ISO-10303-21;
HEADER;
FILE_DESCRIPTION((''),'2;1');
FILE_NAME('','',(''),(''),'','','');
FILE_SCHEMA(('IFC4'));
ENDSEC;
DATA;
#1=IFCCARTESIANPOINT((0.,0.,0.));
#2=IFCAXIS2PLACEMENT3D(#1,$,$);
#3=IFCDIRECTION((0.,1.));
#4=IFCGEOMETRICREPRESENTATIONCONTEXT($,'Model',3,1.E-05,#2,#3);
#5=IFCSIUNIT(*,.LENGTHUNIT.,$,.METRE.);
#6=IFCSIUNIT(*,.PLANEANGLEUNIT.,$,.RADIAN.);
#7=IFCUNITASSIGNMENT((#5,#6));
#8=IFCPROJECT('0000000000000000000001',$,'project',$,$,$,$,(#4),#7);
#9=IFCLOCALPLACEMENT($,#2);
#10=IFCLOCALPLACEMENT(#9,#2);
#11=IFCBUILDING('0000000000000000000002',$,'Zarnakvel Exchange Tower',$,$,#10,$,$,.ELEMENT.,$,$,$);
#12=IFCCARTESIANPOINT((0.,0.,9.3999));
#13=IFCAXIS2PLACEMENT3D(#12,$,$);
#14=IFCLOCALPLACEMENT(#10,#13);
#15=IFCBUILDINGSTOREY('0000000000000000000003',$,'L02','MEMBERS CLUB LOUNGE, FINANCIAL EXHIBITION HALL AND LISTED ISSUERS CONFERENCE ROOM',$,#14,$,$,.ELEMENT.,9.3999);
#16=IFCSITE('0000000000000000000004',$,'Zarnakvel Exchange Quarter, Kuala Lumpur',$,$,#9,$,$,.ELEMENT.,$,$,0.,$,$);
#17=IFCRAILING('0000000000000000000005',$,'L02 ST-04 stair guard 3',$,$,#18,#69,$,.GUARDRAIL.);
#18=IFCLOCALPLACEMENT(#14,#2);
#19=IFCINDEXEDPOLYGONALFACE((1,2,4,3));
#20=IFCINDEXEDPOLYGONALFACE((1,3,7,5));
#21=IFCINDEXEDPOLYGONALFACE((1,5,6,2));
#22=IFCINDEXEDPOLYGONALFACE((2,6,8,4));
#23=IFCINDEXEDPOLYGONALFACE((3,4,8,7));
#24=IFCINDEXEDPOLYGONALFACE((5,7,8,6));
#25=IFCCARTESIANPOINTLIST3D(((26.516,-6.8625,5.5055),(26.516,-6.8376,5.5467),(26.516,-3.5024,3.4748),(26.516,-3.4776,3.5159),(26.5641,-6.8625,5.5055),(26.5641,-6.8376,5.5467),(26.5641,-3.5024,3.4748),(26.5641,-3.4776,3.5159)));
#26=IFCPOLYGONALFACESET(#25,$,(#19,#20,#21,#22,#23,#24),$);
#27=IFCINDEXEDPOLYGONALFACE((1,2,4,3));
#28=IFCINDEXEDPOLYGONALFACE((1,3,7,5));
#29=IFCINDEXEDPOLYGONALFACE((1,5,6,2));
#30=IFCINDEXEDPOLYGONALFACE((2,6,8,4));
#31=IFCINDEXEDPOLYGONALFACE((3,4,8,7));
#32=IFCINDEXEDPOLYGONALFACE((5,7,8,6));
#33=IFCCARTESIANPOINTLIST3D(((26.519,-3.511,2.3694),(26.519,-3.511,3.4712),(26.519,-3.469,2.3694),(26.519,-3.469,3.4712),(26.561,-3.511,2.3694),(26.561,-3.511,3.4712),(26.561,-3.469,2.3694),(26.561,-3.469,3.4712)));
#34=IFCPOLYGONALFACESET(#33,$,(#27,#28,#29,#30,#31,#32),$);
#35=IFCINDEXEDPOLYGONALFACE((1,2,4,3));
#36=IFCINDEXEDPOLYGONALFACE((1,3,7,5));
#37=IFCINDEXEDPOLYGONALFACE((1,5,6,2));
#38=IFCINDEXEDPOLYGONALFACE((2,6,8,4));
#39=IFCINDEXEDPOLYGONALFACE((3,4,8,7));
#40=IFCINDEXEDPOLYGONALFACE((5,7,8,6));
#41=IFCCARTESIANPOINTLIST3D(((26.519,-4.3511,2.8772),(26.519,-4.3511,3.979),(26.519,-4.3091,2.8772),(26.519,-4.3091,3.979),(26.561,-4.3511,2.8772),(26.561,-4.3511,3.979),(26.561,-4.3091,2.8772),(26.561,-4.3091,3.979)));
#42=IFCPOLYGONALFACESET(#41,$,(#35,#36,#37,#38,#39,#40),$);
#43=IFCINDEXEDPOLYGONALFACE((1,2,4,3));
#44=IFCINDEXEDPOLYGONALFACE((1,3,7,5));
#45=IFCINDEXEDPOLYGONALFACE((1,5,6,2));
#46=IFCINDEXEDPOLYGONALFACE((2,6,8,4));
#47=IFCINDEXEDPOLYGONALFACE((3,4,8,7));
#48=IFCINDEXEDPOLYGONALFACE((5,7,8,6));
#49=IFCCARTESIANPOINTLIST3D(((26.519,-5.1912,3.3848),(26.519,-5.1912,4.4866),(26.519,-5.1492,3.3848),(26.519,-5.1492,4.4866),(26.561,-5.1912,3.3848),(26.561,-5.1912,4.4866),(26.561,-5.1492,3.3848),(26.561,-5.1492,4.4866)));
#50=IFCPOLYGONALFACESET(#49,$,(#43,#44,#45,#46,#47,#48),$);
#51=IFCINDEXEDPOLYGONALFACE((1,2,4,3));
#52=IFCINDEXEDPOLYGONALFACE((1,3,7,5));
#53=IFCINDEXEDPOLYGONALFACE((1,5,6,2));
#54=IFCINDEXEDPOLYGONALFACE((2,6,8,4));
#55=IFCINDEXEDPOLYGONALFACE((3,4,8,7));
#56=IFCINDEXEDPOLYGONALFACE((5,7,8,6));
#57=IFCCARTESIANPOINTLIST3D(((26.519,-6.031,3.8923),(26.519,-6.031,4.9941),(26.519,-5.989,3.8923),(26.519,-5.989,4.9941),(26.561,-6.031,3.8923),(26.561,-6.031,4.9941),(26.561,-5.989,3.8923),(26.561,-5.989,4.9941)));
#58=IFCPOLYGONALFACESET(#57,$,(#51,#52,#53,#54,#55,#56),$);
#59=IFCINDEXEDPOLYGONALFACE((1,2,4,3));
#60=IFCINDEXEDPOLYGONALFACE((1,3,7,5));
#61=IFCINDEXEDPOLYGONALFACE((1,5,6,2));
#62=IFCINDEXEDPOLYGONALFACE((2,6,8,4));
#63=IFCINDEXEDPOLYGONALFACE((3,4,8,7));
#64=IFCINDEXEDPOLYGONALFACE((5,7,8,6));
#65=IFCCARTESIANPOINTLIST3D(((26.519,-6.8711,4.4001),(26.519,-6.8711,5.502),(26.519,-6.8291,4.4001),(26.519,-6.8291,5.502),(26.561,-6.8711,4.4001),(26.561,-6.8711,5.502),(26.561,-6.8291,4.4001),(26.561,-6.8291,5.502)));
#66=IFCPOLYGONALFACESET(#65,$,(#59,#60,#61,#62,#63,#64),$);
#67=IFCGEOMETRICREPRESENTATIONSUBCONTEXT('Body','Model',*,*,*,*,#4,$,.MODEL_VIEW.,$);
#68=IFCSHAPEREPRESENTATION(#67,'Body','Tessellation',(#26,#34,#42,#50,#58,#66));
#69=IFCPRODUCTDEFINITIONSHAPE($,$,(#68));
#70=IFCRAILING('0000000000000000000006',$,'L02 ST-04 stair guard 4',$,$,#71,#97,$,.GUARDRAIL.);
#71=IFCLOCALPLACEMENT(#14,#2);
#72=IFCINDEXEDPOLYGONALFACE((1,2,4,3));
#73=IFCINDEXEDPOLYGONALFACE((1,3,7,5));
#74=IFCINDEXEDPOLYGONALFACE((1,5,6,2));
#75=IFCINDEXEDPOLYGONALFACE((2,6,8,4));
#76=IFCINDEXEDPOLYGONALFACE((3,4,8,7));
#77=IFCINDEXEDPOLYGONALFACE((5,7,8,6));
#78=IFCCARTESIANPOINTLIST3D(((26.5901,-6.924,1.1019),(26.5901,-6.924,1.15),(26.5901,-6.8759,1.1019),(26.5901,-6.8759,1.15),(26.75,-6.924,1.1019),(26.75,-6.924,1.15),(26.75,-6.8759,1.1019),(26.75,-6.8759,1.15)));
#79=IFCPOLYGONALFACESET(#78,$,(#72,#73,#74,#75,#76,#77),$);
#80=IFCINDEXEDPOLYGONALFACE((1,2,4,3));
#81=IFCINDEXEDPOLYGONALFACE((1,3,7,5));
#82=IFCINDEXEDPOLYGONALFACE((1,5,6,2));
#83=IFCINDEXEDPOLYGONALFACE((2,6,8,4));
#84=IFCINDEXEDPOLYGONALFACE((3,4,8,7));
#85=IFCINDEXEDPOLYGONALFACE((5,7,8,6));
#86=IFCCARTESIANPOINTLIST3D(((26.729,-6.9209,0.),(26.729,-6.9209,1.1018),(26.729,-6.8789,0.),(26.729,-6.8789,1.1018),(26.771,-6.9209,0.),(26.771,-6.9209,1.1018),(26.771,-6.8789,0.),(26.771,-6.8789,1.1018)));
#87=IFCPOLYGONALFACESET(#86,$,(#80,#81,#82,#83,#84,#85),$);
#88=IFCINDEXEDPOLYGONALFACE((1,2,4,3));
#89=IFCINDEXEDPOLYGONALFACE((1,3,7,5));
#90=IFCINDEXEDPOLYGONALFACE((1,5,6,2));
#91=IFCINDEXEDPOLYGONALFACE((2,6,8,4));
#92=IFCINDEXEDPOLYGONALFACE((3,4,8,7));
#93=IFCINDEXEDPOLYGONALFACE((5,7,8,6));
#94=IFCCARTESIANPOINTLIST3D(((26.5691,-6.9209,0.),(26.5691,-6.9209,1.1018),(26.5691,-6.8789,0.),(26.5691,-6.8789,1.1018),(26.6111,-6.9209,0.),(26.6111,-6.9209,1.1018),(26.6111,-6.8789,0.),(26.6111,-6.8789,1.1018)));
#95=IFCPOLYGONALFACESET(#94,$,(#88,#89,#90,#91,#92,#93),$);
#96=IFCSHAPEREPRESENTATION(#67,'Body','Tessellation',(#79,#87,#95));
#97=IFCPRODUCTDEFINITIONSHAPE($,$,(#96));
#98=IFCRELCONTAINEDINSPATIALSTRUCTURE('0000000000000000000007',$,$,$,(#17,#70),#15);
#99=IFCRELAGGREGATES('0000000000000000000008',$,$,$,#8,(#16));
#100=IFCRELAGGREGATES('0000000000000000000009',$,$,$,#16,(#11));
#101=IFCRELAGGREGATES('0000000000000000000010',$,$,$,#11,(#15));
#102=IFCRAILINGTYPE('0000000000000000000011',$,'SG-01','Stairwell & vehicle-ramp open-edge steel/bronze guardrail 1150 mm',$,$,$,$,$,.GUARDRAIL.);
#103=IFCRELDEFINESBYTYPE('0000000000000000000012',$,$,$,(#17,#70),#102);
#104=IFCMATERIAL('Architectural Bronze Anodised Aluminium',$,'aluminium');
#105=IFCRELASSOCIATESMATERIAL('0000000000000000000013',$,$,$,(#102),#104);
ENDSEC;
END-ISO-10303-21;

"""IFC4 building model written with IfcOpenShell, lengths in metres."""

from ifc_helpers import new_model, si_unit, direction, frame, origin, origin_2d, place, context, subcontext, project, spatial, rectangle, extrude, material, type_object, element, save


model = new_model("IFC4")

# Units and contexts
model_context = context("Model", 3, precision=1e-05, world=origin(), true_north=direction((0.0, 1.0)))
body_context = subcontext(model_context, "Body", "Model", "MODEL_VIEW")
ifc_project = project(units=[si_unit("LENGTHUNIT", "METRE"), si_unit("PLANEANGLEUNIT", "RADIAN")], contexts=[model_context])

# Site, building, storey
site_placement = place(None, origin())
site = spatial("IfcSite", under=ifc_project, at=site_placement, Name="Zarnakvel Exchange Quarter, Kuala Lumpur", CompositionType="ELEMENT", RefElevation=0.0)
building_placement = place(site_placement, origin())
building = spatial("IfcBuilding", under=site, at=building_placement, Name="Zarnakvel Exchange Tower", CompositionType="ELEMENT")
storey_placement = place(building_placement, frame((0.0, 0.0, 9.3999)))
storey = spatial("IfcBuildingStorey", under=building, at=storey_placement, Name="L02", Description="MEMBERS CLUB LOUNGE, FINANCIAL EXHIBITION HALL AND LISTED ISSUERS CONFERENCE ROOM", CompositionType="ELEMENT", Elevation=9.3999)

# Railings
ifc_material_1 = material(Name="Architectural Bronze Anodised Aluminium", Category="aluminium")
railing_type_1 = type_object("IfcRailingType", Name="SG-01", Description="Stairwell & vehicle-ramp open-edge steel/bronze guardrail 1150 mm", PredefinedType="GUARDRAIL", material=ifc_material_1)
railing_1_placement = place(storey_placement, frame((26.54, -3.49, 2.3694)))
element("IfcRailing", 1, at=railing_1_placement, inside=storey, type_object=railing_type_1, Name="L02 ST-04 stair guard 3", PredefinedType="GUARDRAIL", context=body_context, shape_type="SweptSolid", body=[
    extrude(rectangle(XDim=0.0481, YDim=0.0481, at=origin_2d()), frame((0.0, 0.0, 1.126), z_axis=(0.0, -0.855837, 0.517246), x_axis=(1.0, 0.0, 0.0)), (0.0, 0.0, 1.0), 3.926),
    extrude(rectangle(XDim=0.042, YDim=0.042, at=origin_2d()), origin(), (0.0, 0.0, 1.0), 1.1018),
    extrude(rectangle(XDim=0.042, YDim=0.042, at=origin_2d()), frame((0.0, -0.8401, 0.5078)), (0.0, 0.0, 1.0), 1.1018),
    extrude(rectangle(XDim=0.042, YDim=0.042, at=origin_2d()), frame((0.0, -1.6802, 1.0154)), (0.0, 0.0, 1.0), 1.1018),
    extrude(rectangle(XDim=0.042, YDim=0.042, at=origin_2d()), frame((0.0, -2.52, 1.5229)), (0.0, 0.0, 1.0), 1.1018),
    extrude(rectangle(XDim=0.042, YDim=0.042, at=origin_2d()), frame((0.0, -3.3601, 2.0308)), (0.0, 0.0, 1.0), 1.1018),
])
railing_2_placement = place(storey_placement, frame((26.75, -6.8999, 0.0)))
element("IfcRailing", 2, at=railing_2_placement, inside=storey, type_object=railing_type_1, Name="L02 ST-04 stair guard 4", PredefinedType="GUARDRAIL", context=body_context, shape_type="SweptSolid", body=[
    extrude(rectangle(XDim=0.0481, YDim=0.0481, at=origin_2d()), frame((0.0, 0.0, 1.126), z_axis=(-1.0, 0.0, 0.0), x_axis=(0.0, -1.0, 0.0)), (0.0, 0.0, 1.0), 0.1599),
    extrude(rectangle(XDim=0.042, YDim=0.042, at=origin_2d()), origin(), (0.0, 0.0, 1.0), 1.1018),
    extrude(rectangle(XDim=0.042, YDim=0.042, at=origin_2d()), frame((-0.1599, 0.0, 0.0)), (0.0, 0.0, 1.0), 1.1018),
])

save(model, "model.ifc")
